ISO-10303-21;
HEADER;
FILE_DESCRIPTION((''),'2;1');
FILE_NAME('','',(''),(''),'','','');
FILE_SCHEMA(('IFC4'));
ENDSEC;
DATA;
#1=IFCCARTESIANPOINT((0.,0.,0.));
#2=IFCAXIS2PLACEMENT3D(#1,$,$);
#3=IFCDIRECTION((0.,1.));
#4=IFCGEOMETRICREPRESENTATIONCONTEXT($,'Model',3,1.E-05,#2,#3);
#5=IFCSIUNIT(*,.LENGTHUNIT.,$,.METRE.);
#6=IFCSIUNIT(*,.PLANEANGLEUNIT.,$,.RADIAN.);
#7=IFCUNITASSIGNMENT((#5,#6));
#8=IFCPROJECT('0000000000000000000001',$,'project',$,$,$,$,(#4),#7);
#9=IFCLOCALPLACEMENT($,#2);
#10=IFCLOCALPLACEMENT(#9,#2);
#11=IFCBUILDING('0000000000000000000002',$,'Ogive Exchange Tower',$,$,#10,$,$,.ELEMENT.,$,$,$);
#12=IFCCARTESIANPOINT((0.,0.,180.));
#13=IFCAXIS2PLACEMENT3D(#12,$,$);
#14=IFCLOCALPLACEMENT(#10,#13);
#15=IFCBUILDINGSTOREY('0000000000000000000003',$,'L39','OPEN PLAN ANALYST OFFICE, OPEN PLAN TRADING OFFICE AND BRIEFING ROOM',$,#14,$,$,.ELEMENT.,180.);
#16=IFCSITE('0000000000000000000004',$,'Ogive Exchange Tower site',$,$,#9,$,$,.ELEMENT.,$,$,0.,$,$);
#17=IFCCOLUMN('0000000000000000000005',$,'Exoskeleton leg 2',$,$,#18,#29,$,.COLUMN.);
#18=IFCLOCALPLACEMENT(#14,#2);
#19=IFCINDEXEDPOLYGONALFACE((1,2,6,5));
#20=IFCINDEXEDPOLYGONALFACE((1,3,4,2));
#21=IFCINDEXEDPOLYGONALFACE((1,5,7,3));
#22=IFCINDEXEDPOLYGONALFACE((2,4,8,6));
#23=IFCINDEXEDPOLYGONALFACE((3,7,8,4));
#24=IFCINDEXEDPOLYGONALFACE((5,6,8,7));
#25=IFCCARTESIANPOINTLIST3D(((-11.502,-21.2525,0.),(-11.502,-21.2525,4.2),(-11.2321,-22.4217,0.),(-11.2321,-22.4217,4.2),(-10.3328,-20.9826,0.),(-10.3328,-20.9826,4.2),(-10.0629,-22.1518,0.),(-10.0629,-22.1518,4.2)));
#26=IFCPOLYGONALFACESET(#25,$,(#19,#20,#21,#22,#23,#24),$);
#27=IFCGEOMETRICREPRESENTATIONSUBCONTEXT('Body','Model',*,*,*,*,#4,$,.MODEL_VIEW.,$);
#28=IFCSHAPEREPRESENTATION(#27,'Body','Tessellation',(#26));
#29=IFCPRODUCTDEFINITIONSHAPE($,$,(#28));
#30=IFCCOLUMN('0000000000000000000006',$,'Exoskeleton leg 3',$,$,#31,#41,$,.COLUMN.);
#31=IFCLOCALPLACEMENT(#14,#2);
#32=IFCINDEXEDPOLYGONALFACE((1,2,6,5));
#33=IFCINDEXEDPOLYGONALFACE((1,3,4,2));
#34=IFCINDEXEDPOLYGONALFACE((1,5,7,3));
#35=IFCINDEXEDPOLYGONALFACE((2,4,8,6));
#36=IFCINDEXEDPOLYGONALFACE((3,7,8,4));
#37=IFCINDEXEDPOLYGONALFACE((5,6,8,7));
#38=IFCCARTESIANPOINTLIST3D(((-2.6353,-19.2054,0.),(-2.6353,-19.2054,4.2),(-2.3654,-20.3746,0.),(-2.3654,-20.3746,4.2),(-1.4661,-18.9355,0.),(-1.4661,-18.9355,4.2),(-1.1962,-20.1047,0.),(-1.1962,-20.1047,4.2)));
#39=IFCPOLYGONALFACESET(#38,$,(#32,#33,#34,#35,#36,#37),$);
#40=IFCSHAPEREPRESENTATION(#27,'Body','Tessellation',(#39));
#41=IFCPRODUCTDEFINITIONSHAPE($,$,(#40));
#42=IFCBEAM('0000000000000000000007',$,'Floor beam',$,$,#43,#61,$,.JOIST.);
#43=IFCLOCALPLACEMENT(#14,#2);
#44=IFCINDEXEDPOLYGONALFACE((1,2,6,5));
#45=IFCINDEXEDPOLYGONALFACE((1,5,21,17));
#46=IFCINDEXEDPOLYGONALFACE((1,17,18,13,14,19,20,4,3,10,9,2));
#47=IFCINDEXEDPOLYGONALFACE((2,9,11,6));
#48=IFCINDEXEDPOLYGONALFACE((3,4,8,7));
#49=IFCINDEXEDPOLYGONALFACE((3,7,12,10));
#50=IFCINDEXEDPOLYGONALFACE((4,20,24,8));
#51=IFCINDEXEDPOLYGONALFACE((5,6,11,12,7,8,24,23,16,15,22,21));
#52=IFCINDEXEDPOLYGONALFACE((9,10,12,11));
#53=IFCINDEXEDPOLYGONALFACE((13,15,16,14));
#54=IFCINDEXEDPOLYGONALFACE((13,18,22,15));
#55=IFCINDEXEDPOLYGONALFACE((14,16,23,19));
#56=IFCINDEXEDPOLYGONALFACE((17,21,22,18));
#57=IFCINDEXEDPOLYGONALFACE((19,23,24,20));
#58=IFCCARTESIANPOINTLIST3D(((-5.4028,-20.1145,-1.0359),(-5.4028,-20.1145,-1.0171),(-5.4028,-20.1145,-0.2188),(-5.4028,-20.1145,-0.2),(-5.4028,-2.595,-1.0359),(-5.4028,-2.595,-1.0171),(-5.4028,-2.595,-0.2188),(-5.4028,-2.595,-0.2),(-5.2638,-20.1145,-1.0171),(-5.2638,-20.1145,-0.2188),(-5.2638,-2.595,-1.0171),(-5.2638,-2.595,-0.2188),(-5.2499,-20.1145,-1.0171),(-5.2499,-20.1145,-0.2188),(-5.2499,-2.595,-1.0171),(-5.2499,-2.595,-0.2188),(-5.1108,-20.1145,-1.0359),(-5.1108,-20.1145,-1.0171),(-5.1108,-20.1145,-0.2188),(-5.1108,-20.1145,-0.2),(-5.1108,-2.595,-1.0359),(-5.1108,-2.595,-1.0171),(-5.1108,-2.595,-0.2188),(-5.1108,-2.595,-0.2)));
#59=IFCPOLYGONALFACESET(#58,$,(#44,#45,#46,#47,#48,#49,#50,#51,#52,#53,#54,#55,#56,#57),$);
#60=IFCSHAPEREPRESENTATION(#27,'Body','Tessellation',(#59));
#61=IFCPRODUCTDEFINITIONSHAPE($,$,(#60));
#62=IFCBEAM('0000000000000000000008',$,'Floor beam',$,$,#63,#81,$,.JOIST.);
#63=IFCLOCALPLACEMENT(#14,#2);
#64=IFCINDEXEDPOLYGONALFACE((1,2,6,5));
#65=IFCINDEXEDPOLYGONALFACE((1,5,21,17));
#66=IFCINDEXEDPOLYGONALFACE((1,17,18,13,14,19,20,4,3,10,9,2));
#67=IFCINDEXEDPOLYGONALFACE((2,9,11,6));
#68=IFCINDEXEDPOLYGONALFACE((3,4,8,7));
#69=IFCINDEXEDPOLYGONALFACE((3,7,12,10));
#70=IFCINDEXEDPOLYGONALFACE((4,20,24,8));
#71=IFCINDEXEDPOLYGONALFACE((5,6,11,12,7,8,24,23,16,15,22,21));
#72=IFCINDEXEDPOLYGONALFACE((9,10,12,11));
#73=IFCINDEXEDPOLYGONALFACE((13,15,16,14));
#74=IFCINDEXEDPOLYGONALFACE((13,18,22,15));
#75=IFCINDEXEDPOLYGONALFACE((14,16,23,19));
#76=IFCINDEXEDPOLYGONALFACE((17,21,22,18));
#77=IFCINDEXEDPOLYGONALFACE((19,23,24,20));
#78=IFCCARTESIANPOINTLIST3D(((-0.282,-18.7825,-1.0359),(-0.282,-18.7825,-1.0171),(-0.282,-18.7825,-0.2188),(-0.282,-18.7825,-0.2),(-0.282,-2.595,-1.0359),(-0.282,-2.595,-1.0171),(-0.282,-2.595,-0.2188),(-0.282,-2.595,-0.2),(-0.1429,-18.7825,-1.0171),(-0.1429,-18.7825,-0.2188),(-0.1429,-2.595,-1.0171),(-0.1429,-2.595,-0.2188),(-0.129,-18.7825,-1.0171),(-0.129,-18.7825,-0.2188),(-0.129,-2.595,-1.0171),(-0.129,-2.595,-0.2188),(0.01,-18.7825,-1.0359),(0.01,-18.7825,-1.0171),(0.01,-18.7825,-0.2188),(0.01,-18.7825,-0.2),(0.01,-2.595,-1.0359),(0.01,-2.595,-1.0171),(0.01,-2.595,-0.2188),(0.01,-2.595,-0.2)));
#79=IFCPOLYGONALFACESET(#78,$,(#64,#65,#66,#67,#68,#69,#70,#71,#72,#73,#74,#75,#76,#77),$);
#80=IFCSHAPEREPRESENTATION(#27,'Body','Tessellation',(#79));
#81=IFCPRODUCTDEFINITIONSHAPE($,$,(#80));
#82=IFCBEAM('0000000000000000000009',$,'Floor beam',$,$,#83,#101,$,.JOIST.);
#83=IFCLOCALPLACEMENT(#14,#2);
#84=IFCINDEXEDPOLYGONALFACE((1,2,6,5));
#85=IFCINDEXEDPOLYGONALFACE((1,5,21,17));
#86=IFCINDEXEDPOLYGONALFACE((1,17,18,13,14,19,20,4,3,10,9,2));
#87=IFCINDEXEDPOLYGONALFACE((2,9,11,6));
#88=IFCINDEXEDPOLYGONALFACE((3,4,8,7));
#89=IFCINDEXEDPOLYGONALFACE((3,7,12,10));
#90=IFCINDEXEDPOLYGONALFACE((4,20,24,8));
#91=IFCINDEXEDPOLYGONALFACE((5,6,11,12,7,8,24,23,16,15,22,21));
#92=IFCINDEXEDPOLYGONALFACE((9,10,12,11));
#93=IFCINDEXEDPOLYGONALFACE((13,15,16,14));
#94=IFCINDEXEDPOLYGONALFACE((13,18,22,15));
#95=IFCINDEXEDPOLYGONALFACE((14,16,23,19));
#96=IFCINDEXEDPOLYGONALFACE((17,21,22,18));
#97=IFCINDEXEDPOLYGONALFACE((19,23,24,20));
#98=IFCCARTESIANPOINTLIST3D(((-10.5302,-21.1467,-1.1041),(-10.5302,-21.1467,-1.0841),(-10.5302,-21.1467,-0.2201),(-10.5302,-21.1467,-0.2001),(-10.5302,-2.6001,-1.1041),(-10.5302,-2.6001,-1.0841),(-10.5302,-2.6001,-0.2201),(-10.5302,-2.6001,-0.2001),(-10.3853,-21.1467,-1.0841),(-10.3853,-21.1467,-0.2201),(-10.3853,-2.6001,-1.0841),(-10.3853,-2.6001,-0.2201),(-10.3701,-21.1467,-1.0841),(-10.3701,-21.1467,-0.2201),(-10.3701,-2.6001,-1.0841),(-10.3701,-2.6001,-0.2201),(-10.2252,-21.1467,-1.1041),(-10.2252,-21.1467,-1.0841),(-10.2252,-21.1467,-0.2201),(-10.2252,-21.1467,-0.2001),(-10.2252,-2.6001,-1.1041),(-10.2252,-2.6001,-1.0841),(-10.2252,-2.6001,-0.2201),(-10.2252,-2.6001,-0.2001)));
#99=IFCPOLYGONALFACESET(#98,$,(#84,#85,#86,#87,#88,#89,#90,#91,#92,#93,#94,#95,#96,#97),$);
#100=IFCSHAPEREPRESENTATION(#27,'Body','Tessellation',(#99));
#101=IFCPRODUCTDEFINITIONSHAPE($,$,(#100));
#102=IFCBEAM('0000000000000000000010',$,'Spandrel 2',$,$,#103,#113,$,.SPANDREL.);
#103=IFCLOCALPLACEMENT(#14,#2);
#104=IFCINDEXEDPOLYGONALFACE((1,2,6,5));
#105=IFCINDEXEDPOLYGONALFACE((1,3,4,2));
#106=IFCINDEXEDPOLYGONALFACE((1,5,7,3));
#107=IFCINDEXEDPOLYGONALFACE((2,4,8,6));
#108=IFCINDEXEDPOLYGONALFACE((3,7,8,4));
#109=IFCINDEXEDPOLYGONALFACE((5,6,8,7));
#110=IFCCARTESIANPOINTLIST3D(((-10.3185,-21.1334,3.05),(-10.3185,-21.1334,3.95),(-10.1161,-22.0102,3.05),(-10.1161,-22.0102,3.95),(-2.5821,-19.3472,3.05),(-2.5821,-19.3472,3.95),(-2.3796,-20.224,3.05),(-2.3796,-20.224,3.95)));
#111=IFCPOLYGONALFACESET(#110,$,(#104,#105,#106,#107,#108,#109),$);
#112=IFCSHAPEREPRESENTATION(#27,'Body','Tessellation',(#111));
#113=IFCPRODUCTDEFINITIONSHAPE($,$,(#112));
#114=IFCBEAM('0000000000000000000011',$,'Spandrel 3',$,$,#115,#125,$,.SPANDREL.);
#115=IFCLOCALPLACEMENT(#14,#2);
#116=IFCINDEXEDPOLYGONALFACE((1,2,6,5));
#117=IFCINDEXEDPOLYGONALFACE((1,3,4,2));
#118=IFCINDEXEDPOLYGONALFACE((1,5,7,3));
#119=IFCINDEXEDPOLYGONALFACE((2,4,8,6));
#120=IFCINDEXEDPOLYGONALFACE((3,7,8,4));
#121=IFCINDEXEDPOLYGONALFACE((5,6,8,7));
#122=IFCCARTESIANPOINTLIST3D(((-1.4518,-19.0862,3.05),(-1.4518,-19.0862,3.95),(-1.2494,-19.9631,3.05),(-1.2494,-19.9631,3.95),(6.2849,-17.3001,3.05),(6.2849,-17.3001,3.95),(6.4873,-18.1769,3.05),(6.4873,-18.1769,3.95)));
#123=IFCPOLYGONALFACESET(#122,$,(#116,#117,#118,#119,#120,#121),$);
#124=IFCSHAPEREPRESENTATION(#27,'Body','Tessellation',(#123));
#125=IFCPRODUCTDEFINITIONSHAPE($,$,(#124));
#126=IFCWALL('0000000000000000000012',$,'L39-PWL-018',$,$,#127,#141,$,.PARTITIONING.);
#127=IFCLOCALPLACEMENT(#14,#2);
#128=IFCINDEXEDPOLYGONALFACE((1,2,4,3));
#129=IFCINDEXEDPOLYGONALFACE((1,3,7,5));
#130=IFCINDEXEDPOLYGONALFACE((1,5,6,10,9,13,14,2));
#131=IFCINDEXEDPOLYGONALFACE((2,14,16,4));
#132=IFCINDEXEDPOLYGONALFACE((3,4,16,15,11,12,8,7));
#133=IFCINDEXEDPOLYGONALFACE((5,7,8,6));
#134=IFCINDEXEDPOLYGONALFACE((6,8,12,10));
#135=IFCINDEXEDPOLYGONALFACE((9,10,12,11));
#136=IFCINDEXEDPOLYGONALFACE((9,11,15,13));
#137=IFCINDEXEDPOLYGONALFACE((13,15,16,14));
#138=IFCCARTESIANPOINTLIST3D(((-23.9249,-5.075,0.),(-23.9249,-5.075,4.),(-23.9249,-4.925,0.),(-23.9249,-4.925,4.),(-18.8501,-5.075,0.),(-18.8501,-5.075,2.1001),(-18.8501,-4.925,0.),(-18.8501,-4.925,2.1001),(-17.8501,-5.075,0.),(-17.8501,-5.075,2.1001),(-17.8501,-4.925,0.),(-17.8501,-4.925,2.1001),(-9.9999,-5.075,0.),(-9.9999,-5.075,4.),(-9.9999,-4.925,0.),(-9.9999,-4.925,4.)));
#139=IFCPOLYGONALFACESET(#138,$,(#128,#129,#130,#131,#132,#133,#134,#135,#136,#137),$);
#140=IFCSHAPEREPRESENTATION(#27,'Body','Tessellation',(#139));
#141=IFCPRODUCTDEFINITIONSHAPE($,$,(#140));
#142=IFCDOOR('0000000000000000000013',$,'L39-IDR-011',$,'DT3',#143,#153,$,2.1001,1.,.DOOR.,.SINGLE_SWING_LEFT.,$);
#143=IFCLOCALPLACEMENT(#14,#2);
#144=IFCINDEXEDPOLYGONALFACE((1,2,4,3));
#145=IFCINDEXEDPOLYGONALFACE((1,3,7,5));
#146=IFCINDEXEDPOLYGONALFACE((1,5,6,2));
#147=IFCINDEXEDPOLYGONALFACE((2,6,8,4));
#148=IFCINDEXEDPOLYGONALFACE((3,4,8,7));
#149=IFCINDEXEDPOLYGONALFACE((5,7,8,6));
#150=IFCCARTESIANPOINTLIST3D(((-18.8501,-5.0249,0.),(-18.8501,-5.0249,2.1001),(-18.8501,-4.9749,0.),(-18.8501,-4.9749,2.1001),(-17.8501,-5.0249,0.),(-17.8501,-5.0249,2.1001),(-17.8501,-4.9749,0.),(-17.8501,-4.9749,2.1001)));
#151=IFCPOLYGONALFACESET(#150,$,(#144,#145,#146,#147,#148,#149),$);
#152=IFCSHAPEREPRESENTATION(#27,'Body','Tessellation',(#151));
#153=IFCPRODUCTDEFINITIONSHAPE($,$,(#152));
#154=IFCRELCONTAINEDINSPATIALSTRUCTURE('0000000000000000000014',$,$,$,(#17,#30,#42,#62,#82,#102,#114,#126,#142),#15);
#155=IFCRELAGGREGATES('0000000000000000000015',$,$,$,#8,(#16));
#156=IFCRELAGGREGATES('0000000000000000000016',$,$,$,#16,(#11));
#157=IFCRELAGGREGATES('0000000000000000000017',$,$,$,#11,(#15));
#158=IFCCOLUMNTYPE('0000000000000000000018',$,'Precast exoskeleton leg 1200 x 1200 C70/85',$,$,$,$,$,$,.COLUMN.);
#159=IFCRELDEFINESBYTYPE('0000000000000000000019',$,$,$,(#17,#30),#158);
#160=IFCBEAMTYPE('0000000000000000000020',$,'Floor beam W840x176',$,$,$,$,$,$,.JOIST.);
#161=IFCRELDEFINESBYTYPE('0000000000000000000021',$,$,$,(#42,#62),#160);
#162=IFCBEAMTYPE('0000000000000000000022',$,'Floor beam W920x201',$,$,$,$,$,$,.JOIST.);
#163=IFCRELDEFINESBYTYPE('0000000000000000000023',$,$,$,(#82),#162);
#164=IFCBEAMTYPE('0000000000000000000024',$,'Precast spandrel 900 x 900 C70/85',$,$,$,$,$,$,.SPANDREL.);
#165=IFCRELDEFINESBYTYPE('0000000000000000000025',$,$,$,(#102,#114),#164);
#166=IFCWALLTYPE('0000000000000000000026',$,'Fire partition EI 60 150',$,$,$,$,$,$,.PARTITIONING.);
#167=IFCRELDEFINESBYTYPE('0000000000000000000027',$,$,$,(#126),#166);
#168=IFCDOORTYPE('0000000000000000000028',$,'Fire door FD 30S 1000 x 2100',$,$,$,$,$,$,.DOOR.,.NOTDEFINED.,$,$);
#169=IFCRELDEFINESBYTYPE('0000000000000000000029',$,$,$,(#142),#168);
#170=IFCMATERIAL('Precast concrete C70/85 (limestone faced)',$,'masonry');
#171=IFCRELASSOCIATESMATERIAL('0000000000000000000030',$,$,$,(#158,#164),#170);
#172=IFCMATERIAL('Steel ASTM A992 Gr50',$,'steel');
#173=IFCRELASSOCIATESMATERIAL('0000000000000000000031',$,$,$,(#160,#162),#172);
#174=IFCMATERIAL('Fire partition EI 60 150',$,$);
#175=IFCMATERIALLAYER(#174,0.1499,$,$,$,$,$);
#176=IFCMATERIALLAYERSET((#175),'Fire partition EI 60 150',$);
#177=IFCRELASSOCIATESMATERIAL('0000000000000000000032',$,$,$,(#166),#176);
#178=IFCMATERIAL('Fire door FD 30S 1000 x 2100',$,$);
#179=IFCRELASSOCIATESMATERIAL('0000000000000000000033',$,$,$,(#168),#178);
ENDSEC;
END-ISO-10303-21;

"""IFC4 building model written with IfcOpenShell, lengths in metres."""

from ifc_helpers import new_model, si_unit, direction, frame, frame_2d, origin, origin_2d, place, context, subcontext, project, spatial, rectangle, i_section, extrude, material, layer, layer_set, material_profile, profile_set, type_object, element, fill, save


model = new_model("IFC4")

# Units and contexts
model_context = context("Model", 3, precision=1e-05, world=origin(), true_north=direction((0.0, 1.0)))
body_context = subcontext(model_context, "Body", "Model", "MODEL_VIEW")
ifc_project = project(units=[si_unit("LENGTHUNIT", "METRE"), si_unit("PLANEANGLEUNIT", "RADIAN")], contexts=[model_context])

# Site, building, storey
site_placement = place(None, origin())
site = spatial("IfcSite", under=ifc_project, at=site_placement, Name="Ogive Exchange Tower site", CompositionType="ELEMENT", RefElevation=0.0)
building_placement = place(site_placement, origin())
building = spatial("IfcBuilding", under=site, at=building_placement, Name="Ogive Exchange Tower", CompositionType="ELEMENT")
storey_placement = place(building_placement, frame((0.0, 0.0, 180.0)))
storey = spatial("IfcBuildingStorey", under=building, at=storey_placement, Name="L39", Description="OPEN PLAN ANALYST OFFICE, OPEN PLAN TRADING OFFICE AND BRIEFING ROOM", CompositionType="ELEMENT", Elevation=180.0)

# Columns
ifc_material_1 = material(Name="Precast concrete C70/85 (limestone faced)", Category="masonry")
ifc_material_profile_1 = material_profile(ifc_material_1, rectangle(XDim=1.2, YDim=1.2, at=origin_2d()), Name="1200 x 1200")
ifc_profile_set_1 = profile_set([ifc_material_profile_1], Name="Precast concrete C70/85 (limestone faced)")
column_type = type_object("IfcColumnType", Name="Precast exoskeleton leg 1200 x 1200 C70/85", PredefinedType="COLUMN", material=ifc_profile_set_1)
for number, where, z_axis, x_axis, name in (
    (1, (-10.7825, -21.7021, 0.0), (0.0, 0.0, 1.0), (0.97437, 0.224951, 0.0), "Exoskeleton leg 2"),
    (2, (-1.9158, -19.655, 0.0), (0.0, 0.0, 1.0), (0.97437, 0.224951, 0.0), "Exoskeleton leg 3"),
):
    element("IfcColumn", number, at=place(storey_placement, frame(where, z_axis=z_axis, x_axis=x_axis)), inside=storey, type_object=column_type, Name=name, PredefinedType="COLUMN", context=body_context, shape_type="SweptSolid", body=[
        extrude(rectangle(XDim=1.2, YDim=1.2, at=origin_2d()), origin(), (0.0, 0.0, 1.0), 4.2),
    ])

# Beams
ifc_material_2 = material(Name="Steel ASTM A992 Gr50", Category="steel")
ifc_material_profile_2 = material_profile(ifc_material_2, i_section(OverallWidth=0.292, OverallDepth=0.8359, WebThickness=0.0139, FlangeThickness=0.0188, at=origin_2d()), Name="W840x176")
ifc_profile_set_2 = profile_set([ifc_material_profile_2], Name="Steel ASTM A992 Gr50")
beam_type_1 = type_object("IfcBeamType", Name="Floor beam W840x176", PredefinedType="JOIST", material=ifc_profile_set_2)
beam_1_placement = place(storey_placement, frame((-5.2568, -20.1145, -0.6179), z_axis=(0.0, 1.0, 0.0), x_axis=(-1.0, 0.0, 0.0)))
element("IfcBeam", 3, at=beam_1_placement, inside=storey, type_object=beam_type_1, Name="Floor beam", PredefinedType="JOIST", context=body_context, shape_type="SweptSolid", body=[
    extrude(i_section(OverallWidth=0.292, OverallDepth=0.8359, WebThickness=0.0139, FlangeThickness=0.0188, at=origin_2d()), origin(), (0.0, 0.0, 1.0), 17.5195),
])
beam_2_placement = place(storey_placement, frame((-0.136, -18.7825, -0.6179), z_axis=(0.0, 1.0, 0.0), x_axis=(-1.0, 0.0, 0.0)))
element("IfcBeam", 4, at=beam_2_placement, inside=storey, type_object=beam_type_1, Name="Floor beam", PredefinedType="JOIST", context=body_context, shape_type="SweptSolid", body=[
    extrude(i_section(OverallWidth=0.292, OverallDepth=0.8359, WebThickness=0.0139, FlangeThickness=0.0188, at=origin_2d()), origin(), (0.0, 0.0, 1.0), 16.1875),
])
ifc_material_profile_3 = material_profile(ifc_material_2, i_section(OverallWidth=0.3049, OverallDepth=0.9041, WebThickness=0.0151, FlangeThickness=0.02, at=origin_2d()), Name="W920x201")
ifc_profile_set_3 = profile_set([ifc_material_profile_3], Name="Steel ASTM A992 Gr50")
beam_type_2 = type_object("IfcBeamType", Name="Floor beam W920x201", PredefinedType="JOIST", material=ifc_profile_set_3)
beam_3_placement = place(storey_placement, frame((-10.3777, -21.1467, -0.6521), z_axis=(0.0, 1.0, 0.0), x_axis=(-1.0, 0.0, 0.0)))
element("IfcBeam", 5, at=beam_3_placement, inside=storey, type_object=beam_type_2, Name="Floor beam", PredefinedType="JOIST", context=body_context, shape_type="SweptSolid", body=[
    extrude(i_section(OverallWidth=0.3049, OverallDepth=0.9041, WebThickness=0.0151, FlangeThickness=0.02, at=origin_2d()), origin(), (0.0, 0.0, 1.0), 18.5466),
])
ifc_material_profile_4 = material_profile(ifc_material_1, rectangle(XDim=0.8999, YDim=0.8999, at=origin_2d()), Name="900 x 900")
ifc_profile_set_4 = profile_set([ifc_material_profile_4], Name="Precast concrete C70/85 (limestone faced)")
beam_type_3 = type_object("IfcBeamType", Name="Precast spandrel 900 x 900 C70/85", PredefinedType="SPANDREL", material=ifc_profile_set_4)
beam_4_placement = place(storey_placement, frame((-10.2173, -21.5718, 3.5), z_axis=(0.974368, 0.224958, 0.0), x_axis=(-0.224958, 0.974368, 0.0)))
element("IfcBeam", 6, at=beam_4_placement, inside=storey, type_object=beam_type_3, Name="Spandrel 2", PredefinedType="SPANDREL", context=body_context, shape_type="SweptSolid", body=[
    extrude(rectangle(XDim=0.8999, YDim=0.8999, at=origin_2d()), origin(), (0.0, 0.0, 1.0), 7.9399),
])
beam_5_placement = place(storey_placement, frame((-1.3506, -19.5247, 3.5), z_axis=(0.97437, 0.224952, 0.0), x_axis=(-0.224952, 0.97437, 0.0)))
element("IfcBeam", 7, at=beam_5_placement, inside=storey, type_object=beam_type_3, Name="Spandrel 3", PredefinedType="SPANDREL", context=body_context, shape_type="SweptSolid", body=[
    extrude(rectangle(XDim=0.8999, YDim=0.8999, at=origin_2d()), origin(), (0.0, 0.0, 1.0), 7.9402),
])

# Wall, opening, door
ifc_material_3 = material(Name="Fire partition EI 60 150")
ifc_layer_1 = layer(ifc_material_3, 0.1499)
ifc_layer_set_1 = layer_set([ifc_layer_1], Name="Fire partition EI 60 150")
wall_type_1 = type_object("IfcWallType", Name="Fire partition EI 60 150", PredefinedType="PARTITIONING", material=ifc_layer_set_1)
wall_1_placement = place(storey_placement, frame((-10.0, -5.0, 0.0), z_axis=(0.0, 0.0, 1.0), x_axis=(-1.0, 0.0, 0.0)))
wall_1 = element("IfcWall", 8, at=wall_1_placement, inside=storey, type_object=wall_type_1, Name="L39-PWL-018", PredefinedType="PARTITIONING", context=body_context, shape_type="SweptSolid", body=[
    extrude(rectangle(XDim=13.925, YDim=0.1499, at=frame_2d((6.9624, 0.0))), origin(), (0.0, 0.0, 1.0), 4.0),
])
opening_1_placement = place(wall_1_placement, frame((7.8501, 0.0, 0.0)))
opening_1 = element("IfcOpeningElement", 9, at=opening_1_placement, cuts=wall_1, PredefinedType="OPENING", context=body_context, shape_type="SweptSolid", body=[
    extrude(rectangle(XDim=1.0, YDim=2.1001, at=frame_2d((0.5, 1.05))), frame((0.0, 0.085, 0.0), z_axis=(0.0, -1.0, 0.0), x_axis=(1.0, 0.0, 0.0)), (0.0, 0.0, 1.0), 0.1699),
])
ifc_material_4 = material(Name="Fire door FD 30S 1000 x 2100")
door_type_1 = type_object("IfcDoorType", Name="Fire door FD 30S 1000 x 2100", OperationType="NOTDEFINED", PredefinedType="DOOR", material=ifc_material_4)
door_1_placement = place(opening_1_placement, origin())
door_1 = element("IfcDoor", 10, at=door_1_placement, inside=storey, type_object=door_type_1, Name="L39-IDR-011", ObjectType="DT3", OperationType="SINGLE_SWING_LEFT", OverallHeight=2.1001, OverallWidth=1.0, PredefinedType="DOOR", context=body_context, shape_type="SweptSolid", body=[
    extrude(rectangle(XDim=1.0, YDim=2.1001, at=frame_2d((0.5, 1.05))), frame((0.0, 0.0249, 0.0), z_axis=(0.0, -1.0, 0.0), x_axis=(1.0, 0.0, 0.0)), (0.0, 0.0, 1.0), 0.05),
])
fill(opening_1, door_1)

save(model, "model.ifc")
